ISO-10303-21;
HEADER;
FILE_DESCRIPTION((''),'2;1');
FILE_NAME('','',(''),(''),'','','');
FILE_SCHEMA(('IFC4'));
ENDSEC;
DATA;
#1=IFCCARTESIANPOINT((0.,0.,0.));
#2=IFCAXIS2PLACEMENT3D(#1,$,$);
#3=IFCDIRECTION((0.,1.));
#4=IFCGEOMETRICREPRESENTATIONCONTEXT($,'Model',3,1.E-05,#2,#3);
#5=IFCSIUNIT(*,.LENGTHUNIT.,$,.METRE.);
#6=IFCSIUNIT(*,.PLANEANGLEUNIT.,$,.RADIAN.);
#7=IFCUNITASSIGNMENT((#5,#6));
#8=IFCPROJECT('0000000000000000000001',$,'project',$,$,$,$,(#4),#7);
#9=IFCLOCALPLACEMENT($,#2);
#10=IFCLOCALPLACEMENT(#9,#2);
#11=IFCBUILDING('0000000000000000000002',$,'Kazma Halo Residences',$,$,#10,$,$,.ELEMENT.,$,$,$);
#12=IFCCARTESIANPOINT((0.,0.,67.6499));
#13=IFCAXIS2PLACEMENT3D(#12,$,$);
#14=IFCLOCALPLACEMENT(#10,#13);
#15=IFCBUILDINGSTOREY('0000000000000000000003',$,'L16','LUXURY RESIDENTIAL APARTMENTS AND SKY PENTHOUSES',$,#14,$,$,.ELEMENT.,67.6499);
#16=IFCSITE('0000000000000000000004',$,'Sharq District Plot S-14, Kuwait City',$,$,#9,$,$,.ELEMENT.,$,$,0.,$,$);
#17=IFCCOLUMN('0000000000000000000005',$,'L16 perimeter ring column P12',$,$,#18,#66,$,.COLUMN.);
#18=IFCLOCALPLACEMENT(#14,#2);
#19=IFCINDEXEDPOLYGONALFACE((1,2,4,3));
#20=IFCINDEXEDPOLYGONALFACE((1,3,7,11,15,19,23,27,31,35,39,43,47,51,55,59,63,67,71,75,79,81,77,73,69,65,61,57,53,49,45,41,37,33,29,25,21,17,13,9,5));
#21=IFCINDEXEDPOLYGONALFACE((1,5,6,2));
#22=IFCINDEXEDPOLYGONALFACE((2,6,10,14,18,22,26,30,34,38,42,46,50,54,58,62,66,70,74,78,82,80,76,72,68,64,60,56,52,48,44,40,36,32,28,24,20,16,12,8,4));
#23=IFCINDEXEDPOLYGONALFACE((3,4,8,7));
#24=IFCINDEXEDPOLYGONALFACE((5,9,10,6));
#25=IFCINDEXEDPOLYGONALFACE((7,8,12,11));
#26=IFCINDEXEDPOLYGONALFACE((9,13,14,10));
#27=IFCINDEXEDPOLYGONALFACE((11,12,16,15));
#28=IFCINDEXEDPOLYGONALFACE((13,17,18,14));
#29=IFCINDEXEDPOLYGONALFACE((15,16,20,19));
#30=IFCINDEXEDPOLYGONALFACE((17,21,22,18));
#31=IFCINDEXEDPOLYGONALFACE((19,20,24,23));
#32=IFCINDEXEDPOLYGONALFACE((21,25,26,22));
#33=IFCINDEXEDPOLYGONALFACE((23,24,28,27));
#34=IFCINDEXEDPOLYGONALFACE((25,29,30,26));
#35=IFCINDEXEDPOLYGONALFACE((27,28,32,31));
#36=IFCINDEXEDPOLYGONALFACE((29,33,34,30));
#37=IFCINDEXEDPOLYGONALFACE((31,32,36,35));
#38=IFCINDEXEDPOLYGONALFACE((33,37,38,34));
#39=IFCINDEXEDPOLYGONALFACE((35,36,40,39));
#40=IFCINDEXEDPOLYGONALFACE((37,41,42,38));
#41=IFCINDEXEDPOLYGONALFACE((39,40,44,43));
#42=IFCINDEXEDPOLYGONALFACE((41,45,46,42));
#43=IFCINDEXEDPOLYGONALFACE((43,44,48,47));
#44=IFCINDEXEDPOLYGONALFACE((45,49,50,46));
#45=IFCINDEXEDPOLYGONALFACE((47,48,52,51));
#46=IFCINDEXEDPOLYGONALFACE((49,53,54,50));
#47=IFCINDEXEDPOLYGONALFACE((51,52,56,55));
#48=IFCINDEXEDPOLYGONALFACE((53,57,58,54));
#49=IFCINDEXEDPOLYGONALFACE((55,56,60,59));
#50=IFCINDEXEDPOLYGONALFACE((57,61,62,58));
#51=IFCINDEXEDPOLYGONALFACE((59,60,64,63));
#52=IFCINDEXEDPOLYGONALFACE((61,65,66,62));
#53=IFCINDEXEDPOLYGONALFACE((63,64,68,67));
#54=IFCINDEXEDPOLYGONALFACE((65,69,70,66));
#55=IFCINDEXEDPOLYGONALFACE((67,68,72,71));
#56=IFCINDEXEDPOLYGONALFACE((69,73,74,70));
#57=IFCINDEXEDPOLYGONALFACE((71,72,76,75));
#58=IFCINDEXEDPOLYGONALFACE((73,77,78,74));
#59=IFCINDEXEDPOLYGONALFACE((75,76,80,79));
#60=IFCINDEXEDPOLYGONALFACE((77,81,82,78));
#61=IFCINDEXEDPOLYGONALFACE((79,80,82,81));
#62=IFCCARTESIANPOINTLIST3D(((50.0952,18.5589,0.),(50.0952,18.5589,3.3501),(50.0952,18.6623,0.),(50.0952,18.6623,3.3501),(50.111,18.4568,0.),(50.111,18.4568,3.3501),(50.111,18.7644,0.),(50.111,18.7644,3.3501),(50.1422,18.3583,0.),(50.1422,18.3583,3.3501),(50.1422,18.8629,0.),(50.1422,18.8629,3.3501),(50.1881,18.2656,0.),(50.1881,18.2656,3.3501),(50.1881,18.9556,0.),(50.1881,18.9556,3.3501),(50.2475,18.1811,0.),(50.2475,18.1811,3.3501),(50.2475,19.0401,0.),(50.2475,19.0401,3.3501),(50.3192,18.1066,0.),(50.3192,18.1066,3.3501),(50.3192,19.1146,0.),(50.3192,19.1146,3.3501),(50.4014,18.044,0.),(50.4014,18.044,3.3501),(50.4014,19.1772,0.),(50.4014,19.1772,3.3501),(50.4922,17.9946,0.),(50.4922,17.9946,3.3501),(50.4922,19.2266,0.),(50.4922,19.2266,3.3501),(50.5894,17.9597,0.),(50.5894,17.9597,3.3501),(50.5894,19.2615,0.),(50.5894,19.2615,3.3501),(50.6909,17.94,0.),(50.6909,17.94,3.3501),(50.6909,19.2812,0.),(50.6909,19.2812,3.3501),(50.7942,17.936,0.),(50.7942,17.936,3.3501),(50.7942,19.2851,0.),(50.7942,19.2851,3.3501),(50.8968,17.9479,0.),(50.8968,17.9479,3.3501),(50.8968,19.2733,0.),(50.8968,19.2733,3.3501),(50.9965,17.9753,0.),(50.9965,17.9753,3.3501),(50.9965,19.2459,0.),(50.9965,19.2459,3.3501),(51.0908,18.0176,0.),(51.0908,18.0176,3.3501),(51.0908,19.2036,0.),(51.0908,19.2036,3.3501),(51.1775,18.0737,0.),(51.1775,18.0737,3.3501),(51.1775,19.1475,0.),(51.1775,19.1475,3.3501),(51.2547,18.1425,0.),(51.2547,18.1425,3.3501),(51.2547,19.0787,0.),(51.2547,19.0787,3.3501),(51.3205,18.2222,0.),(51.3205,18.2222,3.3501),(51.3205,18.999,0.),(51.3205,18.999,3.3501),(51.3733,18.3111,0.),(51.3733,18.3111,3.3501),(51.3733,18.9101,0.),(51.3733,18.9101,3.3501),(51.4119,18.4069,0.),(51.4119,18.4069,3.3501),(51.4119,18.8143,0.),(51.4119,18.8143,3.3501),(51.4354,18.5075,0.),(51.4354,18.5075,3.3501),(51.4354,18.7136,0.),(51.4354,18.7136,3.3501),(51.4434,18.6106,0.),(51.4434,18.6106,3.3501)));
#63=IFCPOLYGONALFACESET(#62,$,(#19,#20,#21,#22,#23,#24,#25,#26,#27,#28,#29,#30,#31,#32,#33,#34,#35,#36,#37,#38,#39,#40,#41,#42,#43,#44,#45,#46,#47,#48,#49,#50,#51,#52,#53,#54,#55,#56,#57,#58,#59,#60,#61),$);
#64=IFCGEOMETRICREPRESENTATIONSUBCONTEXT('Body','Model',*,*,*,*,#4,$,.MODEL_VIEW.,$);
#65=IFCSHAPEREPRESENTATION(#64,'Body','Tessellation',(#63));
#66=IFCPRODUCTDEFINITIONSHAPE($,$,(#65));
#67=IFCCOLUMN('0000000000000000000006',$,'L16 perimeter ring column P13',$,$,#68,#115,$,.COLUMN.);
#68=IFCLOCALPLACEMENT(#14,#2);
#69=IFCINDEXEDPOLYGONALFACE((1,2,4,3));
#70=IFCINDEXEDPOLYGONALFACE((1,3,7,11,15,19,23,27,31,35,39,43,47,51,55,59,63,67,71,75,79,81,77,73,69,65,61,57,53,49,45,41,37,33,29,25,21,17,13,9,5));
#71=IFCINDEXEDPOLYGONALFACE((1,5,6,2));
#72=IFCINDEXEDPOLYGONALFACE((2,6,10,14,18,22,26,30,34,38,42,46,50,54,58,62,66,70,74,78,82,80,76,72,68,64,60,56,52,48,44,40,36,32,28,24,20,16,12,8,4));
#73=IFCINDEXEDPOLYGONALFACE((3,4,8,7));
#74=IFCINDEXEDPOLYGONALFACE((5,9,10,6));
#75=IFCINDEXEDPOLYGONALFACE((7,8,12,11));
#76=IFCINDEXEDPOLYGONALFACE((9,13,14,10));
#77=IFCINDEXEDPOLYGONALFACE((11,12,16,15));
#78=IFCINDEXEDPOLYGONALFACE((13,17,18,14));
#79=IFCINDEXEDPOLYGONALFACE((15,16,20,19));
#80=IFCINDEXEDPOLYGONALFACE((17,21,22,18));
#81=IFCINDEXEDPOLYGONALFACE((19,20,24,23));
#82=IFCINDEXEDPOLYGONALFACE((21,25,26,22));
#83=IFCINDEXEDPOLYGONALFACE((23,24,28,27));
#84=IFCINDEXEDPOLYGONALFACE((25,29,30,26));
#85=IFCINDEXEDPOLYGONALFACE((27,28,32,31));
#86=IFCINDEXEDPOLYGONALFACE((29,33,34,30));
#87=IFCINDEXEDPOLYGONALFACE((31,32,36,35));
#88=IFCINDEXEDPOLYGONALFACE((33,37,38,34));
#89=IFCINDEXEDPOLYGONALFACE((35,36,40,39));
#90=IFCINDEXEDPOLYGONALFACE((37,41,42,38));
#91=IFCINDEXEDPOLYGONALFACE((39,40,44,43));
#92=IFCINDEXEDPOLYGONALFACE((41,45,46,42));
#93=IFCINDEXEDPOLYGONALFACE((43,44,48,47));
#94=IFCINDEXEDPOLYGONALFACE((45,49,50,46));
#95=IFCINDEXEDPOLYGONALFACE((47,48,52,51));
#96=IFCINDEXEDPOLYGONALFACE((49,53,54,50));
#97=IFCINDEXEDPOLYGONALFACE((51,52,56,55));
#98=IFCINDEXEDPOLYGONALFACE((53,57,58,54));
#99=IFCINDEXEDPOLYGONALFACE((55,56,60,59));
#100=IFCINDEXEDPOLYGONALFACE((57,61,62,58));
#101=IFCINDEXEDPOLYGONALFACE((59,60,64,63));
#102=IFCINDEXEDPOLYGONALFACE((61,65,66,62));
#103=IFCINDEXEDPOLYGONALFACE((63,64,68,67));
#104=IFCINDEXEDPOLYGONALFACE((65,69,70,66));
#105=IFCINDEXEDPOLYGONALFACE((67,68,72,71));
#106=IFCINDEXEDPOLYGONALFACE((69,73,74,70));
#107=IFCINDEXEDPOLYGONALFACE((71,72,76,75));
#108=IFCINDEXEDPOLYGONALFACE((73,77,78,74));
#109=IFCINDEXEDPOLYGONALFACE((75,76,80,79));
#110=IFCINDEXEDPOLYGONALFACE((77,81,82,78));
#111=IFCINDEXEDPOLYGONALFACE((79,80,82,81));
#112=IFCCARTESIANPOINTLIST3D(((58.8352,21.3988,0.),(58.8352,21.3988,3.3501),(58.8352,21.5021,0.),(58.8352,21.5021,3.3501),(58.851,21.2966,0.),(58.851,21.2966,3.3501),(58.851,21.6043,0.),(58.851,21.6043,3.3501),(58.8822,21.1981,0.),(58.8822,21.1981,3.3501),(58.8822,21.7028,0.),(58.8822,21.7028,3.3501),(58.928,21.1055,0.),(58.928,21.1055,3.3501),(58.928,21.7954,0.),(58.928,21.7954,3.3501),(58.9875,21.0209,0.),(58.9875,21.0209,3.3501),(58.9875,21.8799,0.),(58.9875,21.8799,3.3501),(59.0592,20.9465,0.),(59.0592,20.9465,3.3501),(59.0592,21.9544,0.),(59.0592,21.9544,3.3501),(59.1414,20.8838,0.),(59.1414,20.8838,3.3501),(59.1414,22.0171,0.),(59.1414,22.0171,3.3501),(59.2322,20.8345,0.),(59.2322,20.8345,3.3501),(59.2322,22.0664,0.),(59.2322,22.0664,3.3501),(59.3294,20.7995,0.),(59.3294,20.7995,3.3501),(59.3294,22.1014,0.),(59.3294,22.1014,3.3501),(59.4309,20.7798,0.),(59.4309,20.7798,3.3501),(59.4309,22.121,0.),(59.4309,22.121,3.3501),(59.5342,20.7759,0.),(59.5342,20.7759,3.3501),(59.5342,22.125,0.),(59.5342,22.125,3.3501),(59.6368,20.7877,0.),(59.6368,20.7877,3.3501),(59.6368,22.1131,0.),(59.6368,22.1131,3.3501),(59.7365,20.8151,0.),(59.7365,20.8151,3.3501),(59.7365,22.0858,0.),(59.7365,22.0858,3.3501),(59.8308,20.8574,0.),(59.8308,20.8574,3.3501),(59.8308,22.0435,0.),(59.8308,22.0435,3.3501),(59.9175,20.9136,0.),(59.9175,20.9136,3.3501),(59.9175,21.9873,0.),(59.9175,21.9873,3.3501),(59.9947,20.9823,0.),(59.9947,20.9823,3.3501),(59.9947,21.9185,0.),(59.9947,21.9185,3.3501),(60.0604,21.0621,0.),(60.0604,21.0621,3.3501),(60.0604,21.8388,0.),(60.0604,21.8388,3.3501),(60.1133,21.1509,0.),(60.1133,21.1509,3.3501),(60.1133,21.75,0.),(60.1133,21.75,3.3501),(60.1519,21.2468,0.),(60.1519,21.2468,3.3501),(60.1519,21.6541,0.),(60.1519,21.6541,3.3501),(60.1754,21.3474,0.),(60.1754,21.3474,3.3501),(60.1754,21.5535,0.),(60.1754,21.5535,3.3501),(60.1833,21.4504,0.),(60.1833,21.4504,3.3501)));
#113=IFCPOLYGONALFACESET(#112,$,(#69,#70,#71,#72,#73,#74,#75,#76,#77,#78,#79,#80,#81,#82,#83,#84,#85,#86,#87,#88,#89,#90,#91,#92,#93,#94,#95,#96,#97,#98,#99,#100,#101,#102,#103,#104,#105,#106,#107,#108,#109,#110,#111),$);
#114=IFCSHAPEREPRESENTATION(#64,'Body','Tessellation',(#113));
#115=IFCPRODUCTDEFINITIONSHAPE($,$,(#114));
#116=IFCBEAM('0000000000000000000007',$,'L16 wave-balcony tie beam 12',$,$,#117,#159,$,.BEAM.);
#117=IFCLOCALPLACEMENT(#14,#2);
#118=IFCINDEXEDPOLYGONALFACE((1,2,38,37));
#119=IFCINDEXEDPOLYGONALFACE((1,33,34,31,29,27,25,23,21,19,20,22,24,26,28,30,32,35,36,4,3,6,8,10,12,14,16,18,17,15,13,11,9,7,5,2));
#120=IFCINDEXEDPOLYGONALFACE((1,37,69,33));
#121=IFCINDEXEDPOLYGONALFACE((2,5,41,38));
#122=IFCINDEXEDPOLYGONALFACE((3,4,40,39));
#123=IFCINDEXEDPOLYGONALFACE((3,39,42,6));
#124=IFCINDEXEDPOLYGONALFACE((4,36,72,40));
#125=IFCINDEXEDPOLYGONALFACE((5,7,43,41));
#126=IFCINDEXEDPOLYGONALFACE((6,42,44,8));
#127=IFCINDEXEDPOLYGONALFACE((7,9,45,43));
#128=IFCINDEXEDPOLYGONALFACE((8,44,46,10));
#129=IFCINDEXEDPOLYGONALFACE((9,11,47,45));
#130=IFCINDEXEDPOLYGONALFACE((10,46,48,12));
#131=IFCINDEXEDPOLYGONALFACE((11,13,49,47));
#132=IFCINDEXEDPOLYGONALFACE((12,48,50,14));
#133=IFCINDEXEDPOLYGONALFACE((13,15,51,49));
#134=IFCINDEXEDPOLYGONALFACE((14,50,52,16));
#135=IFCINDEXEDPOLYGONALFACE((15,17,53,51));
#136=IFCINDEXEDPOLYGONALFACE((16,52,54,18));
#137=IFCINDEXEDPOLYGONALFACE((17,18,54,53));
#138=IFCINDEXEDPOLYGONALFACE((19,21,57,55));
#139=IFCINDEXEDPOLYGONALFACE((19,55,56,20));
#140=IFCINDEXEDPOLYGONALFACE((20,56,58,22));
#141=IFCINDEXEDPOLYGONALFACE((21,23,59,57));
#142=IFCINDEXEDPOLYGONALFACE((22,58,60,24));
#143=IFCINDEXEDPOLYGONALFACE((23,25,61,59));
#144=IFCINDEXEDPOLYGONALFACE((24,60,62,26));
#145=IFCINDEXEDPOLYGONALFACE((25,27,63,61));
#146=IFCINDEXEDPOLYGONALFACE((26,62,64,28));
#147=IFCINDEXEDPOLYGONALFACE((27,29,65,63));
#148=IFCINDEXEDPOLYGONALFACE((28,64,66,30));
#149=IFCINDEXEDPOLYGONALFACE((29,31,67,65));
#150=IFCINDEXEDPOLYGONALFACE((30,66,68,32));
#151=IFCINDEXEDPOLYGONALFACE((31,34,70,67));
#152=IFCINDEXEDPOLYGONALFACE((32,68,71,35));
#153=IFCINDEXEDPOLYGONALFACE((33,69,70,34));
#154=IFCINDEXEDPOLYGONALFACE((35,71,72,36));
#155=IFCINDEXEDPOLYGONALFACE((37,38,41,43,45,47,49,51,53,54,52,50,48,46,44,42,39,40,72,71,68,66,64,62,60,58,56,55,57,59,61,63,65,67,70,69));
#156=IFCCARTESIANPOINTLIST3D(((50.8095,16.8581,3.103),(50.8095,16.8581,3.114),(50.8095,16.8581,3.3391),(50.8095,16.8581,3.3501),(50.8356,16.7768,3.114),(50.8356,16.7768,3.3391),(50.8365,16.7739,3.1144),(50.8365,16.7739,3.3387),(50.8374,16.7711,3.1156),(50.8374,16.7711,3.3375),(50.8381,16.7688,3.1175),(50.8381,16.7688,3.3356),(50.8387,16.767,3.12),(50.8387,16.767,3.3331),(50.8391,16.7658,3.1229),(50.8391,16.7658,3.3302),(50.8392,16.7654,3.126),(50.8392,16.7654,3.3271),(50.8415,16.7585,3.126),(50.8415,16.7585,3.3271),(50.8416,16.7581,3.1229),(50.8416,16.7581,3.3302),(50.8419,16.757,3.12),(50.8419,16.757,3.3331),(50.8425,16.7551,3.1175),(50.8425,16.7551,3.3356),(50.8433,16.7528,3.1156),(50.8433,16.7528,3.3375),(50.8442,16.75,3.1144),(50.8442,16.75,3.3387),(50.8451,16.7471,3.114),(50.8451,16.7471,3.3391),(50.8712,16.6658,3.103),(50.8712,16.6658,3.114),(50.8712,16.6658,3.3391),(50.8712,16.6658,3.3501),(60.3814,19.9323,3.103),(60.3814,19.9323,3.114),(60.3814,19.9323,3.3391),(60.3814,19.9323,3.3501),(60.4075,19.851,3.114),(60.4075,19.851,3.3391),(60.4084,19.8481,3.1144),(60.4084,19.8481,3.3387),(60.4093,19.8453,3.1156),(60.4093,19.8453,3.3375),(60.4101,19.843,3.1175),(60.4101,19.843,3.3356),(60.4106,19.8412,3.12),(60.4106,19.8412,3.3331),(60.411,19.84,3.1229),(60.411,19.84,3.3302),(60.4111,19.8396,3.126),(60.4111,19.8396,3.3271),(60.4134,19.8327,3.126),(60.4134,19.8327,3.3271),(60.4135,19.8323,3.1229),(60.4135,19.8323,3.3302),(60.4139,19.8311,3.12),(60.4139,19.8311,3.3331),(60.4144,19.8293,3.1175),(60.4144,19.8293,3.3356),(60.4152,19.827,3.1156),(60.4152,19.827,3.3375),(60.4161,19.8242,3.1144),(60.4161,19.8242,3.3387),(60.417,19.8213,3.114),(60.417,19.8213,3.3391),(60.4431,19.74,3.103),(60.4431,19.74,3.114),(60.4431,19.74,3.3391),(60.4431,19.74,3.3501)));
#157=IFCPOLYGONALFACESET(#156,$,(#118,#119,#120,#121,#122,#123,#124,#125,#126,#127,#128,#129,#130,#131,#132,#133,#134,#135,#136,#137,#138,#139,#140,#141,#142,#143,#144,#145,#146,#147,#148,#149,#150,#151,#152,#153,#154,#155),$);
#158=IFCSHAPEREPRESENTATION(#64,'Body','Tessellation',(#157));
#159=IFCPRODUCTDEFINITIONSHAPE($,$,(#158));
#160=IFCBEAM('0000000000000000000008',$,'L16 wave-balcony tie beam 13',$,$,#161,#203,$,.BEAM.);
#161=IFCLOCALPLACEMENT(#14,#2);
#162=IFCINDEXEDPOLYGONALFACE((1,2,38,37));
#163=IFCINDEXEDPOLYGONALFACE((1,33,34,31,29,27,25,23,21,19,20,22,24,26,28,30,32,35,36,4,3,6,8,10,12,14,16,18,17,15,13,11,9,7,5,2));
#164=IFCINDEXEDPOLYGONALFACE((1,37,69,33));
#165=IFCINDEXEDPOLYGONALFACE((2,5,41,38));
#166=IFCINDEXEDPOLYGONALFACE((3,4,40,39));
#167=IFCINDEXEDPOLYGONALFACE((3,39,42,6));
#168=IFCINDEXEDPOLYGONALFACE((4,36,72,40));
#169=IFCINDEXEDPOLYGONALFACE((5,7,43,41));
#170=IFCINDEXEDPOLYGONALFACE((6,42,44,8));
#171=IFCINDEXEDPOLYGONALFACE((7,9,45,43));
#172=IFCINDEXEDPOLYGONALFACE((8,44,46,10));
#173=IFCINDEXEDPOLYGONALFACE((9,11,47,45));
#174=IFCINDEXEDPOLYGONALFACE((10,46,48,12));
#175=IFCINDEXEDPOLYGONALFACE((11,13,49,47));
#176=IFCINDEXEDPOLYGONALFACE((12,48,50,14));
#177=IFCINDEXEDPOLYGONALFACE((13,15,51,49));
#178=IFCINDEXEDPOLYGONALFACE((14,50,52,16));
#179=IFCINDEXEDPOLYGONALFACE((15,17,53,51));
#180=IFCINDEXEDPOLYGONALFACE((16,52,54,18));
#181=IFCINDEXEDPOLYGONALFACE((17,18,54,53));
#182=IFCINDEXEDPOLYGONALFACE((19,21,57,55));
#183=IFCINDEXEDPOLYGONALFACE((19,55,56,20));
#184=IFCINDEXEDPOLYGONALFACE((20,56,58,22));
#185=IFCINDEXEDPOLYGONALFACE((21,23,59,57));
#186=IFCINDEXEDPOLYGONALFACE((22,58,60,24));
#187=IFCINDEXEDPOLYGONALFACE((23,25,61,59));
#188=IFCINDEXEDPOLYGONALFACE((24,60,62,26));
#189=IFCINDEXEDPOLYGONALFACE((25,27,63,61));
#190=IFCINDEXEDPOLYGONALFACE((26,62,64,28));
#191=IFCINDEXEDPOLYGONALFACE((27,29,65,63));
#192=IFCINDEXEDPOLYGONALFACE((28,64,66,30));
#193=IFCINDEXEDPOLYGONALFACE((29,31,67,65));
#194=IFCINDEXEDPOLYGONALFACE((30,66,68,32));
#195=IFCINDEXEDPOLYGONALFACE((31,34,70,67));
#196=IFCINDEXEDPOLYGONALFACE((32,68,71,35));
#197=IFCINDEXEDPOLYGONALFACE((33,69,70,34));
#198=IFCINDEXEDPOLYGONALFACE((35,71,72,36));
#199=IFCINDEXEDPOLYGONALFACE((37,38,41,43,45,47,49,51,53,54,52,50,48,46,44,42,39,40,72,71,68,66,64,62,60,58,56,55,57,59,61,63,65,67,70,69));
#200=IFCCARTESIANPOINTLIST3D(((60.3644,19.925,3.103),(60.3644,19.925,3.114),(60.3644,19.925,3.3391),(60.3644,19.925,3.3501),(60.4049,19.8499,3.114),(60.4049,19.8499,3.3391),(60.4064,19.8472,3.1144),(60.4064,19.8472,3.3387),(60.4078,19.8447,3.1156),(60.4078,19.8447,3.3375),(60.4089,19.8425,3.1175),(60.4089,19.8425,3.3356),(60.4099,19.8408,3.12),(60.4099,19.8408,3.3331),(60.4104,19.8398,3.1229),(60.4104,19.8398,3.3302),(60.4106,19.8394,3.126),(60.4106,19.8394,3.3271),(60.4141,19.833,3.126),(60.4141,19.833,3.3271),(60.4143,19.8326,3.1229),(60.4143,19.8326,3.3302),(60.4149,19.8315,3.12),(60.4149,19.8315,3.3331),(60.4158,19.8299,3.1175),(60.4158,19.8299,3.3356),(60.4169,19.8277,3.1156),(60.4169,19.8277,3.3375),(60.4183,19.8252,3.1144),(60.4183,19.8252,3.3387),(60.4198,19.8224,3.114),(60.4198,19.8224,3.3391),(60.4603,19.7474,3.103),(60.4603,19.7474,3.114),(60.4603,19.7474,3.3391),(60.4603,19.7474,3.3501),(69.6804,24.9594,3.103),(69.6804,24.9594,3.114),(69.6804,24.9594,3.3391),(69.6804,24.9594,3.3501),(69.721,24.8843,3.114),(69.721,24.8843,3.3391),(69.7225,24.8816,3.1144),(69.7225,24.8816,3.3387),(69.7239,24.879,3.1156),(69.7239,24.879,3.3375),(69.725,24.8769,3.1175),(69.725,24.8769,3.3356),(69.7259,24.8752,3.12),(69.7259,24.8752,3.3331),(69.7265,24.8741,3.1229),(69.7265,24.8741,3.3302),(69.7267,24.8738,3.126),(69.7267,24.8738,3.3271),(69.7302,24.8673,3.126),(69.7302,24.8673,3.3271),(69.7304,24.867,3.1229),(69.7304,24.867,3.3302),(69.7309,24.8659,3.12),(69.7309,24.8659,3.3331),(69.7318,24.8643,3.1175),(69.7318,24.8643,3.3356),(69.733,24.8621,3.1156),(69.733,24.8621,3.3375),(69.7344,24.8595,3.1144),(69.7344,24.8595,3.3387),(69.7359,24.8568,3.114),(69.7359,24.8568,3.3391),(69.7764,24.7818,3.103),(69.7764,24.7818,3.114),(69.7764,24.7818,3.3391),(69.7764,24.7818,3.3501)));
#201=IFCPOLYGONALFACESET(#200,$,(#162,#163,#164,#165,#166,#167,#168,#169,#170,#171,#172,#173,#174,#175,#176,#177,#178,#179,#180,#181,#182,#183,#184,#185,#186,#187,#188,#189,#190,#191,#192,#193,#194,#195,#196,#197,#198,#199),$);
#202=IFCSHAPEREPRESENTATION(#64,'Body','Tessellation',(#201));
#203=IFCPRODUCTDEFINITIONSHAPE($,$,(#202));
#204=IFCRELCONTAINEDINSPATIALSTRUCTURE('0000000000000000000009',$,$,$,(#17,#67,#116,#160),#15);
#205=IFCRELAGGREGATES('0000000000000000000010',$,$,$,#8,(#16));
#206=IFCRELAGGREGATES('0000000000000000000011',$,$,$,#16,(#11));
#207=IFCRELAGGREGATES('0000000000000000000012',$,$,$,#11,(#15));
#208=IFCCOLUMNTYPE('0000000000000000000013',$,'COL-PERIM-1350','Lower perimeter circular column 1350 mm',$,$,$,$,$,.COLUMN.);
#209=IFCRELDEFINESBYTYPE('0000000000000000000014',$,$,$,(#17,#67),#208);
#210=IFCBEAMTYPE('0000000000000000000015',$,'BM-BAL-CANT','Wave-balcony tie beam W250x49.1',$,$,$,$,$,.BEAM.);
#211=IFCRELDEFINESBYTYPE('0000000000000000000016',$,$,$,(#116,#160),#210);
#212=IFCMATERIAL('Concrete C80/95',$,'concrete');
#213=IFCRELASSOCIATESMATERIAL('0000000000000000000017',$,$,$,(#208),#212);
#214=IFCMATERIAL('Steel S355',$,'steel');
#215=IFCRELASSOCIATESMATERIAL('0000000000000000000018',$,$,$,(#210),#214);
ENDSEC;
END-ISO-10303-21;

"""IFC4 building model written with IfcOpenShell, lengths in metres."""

from ifc_helpers import new_model, si_unit, direction, frame, origin, origin_2d, place, context, subcontext, project, spatial, circle, i_section, extrude, material, material_profile, profile_set, type_object, element, save


model = new_model("IFC4")

# Units and contexts
model_context = context("Model", 3, precision=1e-05, world=origin(), true_north=direction((0.0, 1.0)))
body_context = subcontext(model_context, "Body", "Model", "MODEL_VIEW")
ifc_project = project(units=[si_unit("LENGTHUNIT", "METRE"), si_unit("PLANEANGLEUNIT", "RADIAN")], contexts=[model_context])

# Site, building, storey
site_placement = place(None, origin())
site = spatial("IfcSite", under=ifc_project, at=site_placement, Name="Sharq District Plot S-14, Kuwait City", CompositionType="ELEMENT", RefElevation=0.0)
building_placement = place(site_placement, origin())
building = spatial("IfcBuilding", under=site, at=building_placement, Name="Kazma Halo Residences", CompositionType="ELEMENT")
storey_placement = place(building_placement, frame((0.0, 0.0, 67.6499)))
storey = spatial("IfcBuildingStorey", under=building, at=storey_placement, Name="L16", Description="LUXURY RESIDENTIAL APARTMENTS AND SKY PENTHOUSES", CompositionType="ELEMENT", Elevation=67.6499)

# Columns
ifc_material_1 = material(Name="Concrete C80/95", Category="concrete")
ifc_material_profile_1 = material_profile(ifc_material_1, circle(Radius=0.675, at=origin_2d()), Name="CIRC1350")
ifc_profile_set_1 = profile_set([ifc_material_profile_1], Name="Concrete C80/95")
column_type = type_object("IfcColumnType", Name="COL-PERIM-1350", Description="Lower perimeter circular column 1350 mm", PredefinedType="COLUMN", material=ifc_profile_set_1)
for number, where, z_axis, x_axis, name in (
    (1, (50.7683, 18.6106, 0.0), (0.0, 0.0, 1.0), (1.0, 0.0, 0.0), "L16 perimeter ring column P12"),
    (2, (59.5083, 21.4504, 0.0), (0.0, 0.0, 1.0), (1.0, 0.0, 0.0), "L16 perimeter ring column P13"),
):
    element("IfcColumn", number, at=place(storey_placement, frame(where, z_axis=z_axis, x_axis=x_axis)), inside=storey, type_object=column_type, Name=name, PredefinedType="COLUMN", context=body_context, shape_type="SweptSolid", body=[
        extrude(circle(Radius=0.675, at=origin_2d()), origin(), (0.0, 0.0, 1.0), 3.3501),
    ])

# Beams
ifc_material_2 = material(Name="Steel S355", Category="steel")
ifc_material_profile_2 = material_profile(ifc_material_2, i_section(OverallWidth=0.2019, OverallDepth=0.2471, WebThickness=0.0073, FlangeThickness=0.011, FilletRadius=0.012, at=origin_2d()), Name="W250x49.1")
ifc_profile_set_2 = profile_set([ifc_material_profile_2], Name="Steel S355")
beam_type_1 = type_object("IfcBeamType", Name="BM-BAL-CANT", Description="Wave-balcony tie beam W250x49.1", PredefinedType="BEAM", material=ifc_profile_set_2)
beam_1_placement = place(storey_placement, frame((50.8403, 16.762, 3.2266), z_axis=(0.952101, 0.305784, 0.0), x_axis=(-0.305784, 0.952101, 0.0)))
element("IfcBeam", 3, at=beam_1_placement, inside=storey, type_object=beam_type_1, Name="L16 wave-balcony tie beam 12", PredefinedType="BEAM", context=body_context, shape_type="SweptSolid", body=[
    extrude(i_section(OverallWidth=0.2019, OverallDepth=0.2471, WebThickness=0.0073, FlangeThickness=0.011, FilletRadius=0.012, at=origin_2d()), origin(), (0.0, 0.0, 1.0), 10.0535),
])
beam_2_placement = place(storey_placement, frame((60.4124, 19.8362, 3.2266), z_axis=(0.879759, 0.475419, 0.0), x_axis=(-0.475419, 0.879759, 0.0)))
element("IfcBeam", 4, at=beam_2_placement, inside=storey, type_object=beam_type_1, Name="L16 wave-balcony tie beam 13", PredefinedType="BEAM", context=body_context, shape_type="SweptSolid", body=[
    extrude(i_section(OverallWidth=0.2019, OverallDepth=0.2471, WebThickness=0.0073, FlangeThickness=0.011, FilletRadius=0.012, at=origin_2d()), origin(), (0.0, 0.0, 1.0), 10.5894),
])

save(model, "model.ifc")
